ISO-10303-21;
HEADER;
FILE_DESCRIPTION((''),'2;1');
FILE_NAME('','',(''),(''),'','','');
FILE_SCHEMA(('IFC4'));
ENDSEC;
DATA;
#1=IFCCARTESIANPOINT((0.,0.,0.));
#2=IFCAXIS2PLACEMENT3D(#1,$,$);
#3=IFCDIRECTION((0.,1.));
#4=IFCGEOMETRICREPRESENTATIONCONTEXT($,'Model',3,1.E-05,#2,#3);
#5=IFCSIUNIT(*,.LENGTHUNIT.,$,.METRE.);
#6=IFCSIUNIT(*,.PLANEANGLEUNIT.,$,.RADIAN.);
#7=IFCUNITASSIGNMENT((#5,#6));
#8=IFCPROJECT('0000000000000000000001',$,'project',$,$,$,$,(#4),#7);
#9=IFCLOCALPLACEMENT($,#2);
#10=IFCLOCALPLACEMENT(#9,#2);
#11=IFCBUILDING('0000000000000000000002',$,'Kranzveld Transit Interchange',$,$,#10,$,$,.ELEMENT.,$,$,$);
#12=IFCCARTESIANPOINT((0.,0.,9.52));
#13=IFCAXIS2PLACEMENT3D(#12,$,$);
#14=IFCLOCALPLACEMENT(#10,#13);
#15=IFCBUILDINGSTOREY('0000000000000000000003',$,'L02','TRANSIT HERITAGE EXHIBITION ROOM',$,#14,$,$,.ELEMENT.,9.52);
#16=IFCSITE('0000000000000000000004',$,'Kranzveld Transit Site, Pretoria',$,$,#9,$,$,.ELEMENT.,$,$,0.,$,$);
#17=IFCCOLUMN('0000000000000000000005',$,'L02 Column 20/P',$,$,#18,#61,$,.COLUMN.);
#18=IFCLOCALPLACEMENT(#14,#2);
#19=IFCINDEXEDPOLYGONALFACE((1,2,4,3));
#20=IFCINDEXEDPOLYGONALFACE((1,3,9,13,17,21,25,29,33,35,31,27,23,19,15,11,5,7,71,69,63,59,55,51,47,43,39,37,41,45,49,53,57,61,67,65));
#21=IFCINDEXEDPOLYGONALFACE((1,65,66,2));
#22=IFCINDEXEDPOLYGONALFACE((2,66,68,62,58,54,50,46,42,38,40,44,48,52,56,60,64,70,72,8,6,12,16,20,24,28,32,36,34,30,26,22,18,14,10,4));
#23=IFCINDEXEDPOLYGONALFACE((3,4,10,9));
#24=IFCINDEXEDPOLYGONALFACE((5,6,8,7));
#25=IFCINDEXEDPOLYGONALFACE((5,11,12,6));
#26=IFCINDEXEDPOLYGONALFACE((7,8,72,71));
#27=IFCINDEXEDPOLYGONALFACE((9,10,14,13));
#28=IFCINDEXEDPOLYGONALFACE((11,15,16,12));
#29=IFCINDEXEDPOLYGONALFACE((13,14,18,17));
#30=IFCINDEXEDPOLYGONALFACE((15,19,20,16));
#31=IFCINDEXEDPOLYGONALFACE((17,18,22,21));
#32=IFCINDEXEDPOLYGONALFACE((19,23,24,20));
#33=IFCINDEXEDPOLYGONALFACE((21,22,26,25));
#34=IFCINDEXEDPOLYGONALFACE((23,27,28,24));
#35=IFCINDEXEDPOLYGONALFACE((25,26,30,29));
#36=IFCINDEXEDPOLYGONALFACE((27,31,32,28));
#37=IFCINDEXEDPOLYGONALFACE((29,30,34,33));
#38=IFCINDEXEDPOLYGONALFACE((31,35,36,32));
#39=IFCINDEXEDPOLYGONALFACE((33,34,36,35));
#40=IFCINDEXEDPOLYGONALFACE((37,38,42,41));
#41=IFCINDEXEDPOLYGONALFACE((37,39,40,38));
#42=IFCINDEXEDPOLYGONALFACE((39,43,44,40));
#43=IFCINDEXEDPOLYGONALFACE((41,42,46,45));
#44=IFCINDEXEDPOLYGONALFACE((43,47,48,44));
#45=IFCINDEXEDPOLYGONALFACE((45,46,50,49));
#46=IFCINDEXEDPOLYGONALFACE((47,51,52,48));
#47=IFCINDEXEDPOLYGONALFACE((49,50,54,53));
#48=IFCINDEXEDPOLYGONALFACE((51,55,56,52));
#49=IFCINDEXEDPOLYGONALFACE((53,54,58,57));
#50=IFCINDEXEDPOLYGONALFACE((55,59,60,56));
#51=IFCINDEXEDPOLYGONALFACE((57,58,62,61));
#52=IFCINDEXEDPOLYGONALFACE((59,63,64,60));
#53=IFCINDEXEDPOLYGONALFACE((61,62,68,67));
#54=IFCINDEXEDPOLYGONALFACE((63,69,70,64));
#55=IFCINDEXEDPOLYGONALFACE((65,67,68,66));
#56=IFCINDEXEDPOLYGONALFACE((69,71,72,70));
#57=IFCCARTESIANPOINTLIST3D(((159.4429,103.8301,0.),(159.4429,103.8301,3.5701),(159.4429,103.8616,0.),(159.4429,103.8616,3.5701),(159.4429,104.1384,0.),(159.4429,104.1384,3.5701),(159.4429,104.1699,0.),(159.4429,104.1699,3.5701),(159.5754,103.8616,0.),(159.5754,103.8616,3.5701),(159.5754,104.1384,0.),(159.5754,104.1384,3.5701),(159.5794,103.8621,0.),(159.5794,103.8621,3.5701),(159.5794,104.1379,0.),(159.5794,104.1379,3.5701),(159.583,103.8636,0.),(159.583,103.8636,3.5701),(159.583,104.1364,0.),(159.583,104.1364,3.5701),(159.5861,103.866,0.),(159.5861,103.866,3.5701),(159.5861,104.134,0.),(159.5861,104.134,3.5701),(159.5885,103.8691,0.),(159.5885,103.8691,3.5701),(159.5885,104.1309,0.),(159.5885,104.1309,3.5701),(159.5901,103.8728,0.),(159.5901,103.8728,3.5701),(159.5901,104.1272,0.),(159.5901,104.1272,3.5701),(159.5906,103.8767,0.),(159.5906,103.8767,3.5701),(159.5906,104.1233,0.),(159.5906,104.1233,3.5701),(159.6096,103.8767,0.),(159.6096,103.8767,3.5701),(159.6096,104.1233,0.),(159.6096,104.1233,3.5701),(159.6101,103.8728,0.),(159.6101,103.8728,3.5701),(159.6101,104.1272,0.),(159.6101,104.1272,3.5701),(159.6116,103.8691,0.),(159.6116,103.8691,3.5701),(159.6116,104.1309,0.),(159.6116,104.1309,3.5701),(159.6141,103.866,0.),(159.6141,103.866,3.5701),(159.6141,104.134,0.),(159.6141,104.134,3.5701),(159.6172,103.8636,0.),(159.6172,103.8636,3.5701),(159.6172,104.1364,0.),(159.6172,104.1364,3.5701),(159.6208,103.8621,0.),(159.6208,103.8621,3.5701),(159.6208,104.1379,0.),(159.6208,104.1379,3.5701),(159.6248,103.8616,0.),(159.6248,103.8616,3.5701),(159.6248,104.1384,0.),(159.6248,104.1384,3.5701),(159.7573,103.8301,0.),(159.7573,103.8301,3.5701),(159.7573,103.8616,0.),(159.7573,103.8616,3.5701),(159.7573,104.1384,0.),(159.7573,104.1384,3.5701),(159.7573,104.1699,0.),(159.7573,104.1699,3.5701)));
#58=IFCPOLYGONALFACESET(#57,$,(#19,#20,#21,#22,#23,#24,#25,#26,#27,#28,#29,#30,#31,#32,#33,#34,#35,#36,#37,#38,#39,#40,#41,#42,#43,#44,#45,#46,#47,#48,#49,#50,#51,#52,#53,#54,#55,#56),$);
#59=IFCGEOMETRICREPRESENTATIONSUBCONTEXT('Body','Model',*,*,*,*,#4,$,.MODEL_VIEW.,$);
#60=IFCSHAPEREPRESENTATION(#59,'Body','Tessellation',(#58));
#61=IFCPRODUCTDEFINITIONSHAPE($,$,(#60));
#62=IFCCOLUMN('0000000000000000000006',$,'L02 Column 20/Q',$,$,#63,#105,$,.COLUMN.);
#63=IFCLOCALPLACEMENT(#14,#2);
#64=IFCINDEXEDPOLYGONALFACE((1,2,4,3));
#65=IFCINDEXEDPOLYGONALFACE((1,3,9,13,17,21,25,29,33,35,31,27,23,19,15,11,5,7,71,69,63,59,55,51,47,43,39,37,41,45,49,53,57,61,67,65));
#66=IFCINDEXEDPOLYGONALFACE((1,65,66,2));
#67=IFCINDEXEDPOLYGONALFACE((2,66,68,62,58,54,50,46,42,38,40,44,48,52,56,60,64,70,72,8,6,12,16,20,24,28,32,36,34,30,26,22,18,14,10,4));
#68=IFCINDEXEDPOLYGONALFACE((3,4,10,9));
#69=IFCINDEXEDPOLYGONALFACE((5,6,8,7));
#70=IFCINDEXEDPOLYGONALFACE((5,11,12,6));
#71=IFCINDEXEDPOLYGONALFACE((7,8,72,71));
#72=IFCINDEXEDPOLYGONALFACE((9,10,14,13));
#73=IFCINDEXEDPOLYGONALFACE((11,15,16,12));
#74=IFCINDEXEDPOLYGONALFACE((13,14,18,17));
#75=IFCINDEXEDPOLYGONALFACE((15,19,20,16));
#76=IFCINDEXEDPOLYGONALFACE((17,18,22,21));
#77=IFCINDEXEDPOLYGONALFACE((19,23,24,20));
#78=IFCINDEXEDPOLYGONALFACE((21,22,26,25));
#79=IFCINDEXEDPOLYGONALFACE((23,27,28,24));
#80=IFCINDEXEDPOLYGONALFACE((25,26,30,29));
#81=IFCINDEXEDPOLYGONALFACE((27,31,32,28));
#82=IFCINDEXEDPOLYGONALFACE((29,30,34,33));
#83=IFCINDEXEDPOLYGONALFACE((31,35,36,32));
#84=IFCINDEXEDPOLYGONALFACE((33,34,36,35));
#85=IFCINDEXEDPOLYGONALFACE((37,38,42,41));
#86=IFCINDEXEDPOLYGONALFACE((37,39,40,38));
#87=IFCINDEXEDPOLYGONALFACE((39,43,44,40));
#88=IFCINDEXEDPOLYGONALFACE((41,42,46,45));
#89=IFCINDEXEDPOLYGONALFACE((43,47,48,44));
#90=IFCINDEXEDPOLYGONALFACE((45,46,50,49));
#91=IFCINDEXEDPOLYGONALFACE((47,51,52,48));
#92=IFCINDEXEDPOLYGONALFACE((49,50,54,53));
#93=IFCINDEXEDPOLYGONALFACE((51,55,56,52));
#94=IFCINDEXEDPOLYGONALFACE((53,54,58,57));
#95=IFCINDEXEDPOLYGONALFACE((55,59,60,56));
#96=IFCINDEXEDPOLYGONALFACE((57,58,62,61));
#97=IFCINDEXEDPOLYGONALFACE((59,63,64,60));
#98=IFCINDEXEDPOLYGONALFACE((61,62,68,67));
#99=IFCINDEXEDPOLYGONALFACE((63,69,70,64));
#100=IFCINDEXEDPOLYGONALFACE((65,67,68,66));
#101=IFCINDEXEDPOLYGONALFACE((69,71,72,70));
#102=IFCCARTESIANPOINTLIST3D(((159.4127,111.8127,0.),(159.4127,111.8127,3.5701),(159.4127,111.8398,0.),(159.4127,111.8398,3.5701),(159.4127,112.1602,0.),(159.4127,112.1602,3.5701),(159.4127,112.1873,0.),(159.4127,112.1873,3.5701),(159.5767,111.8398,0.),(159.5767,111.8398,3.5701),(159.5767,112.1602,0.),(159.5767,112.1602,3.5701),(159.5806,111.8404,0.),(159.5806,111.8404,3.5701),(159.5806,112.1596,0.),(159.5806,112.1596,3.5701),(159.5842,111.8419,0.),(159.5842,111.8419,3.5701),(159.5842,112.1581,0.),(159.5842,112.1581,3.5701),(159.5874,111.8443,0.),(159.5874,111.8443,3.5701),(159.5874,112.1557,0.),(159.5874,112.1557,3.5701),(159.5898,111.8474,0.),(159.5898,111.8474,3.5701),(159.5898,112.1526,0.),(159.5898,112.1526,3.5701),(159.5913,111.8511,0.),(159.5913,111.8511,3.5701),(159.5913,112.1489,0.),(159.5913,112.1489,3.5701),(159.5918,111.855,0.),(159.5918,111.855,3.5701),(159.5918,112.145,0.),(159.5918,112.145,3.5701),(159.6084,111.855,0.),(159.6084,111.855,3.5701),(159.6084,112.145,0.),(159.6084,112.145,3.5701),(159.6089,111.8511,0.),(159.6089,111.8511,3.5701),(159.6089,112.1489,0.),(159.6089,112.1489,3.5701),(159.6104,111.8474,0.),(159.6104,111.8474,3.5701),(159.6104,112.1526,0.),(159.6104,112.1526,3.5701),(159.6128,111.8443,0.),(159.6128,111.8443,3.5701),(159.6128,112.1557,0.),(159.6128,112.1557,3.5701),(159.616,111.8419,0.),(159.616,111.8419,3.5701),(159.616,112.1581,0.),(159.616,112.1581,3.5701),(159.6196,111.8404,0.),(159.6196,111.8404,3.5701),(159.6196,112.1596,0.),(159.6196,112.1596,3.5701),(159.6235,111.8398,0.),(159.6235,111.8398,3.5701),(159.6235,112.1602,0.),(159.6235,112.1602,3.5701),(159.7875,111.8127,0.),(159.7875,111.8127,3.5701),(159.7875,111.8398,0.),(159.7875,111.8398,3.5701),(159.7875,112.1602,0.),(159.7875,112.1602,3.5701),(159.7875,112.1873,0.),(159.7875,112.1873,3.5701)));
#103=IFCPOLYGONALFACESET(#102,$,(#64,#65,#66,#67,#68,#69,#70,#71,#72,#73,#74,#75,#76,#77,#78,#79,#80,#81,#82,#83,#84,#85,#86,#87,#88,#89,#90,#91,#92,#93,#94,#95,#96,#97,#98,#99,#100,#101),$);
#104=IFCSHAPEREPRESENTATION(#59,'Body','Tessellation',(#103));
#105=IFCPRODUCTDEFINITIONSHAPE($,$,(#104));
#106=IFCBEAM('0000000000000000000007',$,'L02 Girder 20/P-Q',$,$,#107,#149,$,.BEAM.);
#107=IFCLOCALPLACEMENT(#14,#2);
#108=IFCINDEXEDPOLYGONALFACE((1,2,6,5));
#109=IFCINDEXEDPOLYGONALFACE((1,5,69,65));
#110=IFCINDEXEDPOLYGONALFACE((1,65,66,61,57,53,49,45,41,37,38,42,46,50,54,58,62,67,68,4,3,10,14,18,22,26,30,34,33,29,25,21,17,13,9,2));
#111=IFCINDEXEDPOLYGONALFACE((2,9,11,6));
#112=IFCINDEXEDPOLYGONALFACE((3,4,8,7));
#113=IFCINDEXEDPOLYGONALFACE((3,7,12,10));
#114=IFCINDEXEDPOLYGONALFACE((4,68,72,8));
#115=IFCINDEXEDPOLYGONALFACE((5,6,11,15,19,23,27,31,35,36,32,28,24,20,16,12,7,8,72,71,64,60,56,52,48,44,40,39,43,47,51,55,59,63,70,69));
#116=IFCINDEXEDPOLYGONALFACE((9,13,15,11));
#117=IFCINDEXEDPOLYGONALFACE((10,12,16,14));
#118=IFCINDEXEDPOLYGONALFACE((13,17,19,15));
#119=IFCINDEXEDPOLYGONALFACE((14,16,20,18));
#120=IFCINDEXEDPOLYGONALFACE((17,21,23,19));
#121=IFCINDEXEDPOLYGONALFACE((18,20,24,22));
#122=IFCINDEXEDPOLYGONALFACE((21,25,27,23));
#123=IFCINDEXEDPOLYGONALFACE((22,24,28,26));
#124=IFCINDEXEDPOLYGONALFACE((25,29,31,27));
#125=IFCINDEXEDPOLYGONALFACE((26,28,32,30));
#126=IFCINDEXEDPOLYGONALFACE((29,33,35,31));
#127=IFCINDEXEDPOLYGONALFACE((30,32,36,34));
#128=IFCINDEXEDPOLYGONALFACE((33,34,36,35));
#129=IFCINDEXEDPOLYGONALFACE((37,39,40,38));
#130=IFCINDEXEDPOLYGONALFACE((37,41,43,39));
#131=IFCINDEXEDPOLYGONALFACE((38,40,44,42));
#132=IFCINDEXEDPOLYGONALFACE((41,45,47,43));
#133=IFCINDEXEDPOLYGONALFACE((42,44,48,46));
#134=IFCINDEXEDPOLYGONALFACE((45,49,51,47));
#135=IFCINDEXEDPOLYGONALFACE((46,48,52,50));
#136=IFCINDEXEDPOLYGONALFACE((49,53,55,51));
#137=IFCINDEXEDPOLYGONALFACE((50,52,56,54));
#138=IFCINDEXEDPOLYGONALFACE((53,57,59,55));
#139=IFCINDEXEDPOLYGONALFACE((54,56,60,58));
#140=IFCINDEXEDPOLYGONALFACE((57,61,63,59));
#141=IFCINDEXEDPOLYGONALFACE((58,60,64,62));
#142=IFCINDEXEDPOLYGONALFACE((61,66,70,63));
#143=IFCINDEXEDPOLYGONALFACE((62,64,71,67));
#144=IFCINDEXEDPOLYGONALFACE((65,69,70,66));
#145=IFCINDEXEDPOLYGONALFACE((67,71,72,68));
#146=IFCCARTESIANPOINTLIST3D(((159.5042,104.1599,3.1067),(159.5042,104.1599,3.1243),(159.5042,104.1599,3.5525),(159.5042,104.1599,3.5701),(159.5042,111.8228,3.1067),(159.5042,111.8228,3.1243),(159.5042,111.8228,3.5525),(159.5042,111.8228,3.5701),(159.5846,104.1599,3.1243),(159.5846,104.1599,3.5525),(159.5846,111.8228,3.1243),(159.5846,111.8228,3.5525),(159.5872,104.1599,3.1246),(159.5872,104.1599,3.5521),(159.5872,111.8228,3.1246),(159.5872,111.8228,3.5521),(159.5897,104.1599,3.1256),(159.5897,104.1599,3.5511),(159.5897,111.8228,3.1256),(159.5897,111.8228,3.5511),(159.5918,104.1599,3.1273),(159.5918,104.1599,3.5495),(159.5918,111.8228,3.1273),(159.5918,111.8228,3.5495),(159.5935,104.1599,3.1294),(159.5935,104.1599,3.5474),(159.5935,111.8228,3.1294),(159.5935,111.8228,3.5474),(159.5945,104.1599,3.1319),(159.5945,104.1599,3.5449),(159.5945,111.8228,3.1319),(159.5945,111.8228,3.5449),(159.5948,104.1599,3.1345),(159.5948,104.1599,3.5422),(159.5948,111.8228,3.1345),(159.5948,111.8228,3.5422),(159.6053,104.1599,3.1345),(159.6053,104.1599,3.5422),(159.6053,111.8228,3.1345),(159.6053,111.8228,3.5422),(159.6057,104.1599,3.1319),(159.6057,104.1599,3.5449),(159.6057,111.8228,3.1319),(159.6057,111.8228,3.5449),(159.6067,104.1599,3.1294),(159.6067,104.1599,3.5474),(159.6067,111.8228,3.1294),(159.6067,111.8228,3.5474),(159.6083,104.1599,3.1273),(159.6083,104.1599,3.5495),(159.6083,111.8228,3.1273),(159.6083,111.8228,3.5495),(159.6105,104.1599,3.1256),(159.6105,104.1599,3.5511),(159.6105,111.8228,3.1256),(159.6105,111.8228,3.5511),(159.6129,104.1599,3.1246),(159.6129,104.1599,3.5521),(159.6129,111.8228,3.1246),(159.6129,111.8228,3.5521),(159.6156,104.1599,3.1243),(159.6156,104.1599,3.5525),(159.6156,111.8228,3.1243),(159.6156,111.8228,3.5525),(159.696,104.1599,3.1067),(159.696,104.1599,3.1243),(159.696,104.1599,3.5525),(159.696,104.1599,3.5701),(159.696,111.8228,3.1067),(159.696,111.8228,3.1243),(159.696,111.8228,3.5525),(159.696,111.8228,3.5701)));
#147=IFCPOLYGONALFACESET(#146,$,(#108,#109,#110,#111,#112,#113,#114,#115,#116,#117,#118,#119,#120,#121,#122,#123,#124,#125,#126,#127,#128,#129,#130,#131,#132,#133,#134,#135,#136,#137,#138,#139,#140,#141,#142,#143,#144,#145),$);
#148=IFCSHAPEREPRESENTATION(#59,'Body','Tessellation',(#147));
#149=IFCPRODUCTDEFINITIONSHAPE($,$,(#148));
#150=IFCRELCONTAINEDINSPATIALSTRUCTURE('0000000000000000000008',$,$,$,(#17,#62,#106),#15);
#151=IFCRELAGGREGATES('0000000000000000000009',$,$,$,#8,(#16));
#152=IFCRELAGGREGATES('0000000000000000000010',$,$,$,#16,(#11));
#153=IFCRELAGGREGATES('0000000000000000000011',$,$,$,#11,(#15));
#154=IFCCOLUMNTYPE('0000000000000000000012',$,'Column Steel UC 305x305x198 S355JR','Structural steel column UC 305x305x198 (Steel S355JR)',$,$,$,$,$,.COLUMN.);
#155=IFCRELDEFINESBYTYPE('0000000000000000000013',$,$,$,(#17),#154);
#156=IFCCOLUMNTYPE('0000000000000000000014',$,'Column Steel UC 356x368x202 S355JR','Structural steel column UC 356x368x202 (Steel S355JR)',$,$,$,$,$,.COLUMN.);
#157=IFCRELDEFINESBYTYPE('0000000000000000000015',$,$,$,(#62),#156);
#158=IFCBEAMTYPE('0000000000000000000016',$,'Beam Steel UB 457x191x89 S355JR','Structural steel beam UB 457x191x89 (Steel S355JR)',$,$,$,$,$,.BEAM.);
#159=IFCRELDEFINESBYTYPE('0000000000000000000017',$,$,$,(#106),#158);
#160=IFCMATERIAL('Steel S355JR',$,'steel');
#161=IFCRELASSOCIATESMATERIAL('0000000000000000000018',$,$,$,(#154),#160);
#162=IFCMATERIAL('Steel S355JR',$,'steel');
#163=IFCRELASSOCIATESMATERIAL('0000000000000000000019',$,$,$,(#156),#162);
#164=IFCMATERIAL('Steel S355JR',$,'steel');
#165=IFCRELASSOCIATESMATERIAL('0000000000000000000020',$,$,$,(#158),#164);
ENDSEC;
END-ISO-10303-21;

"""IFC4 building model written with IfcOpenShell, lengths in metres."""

from ifc_helpers import new_model, si_unit, direction, frame, origin, origin_2d, place, context, subcontext, project, spatial, i_section, extrude, material, material_profile, profile_set, type_object, element, save


model = new_model("IFC4")

# Units and contexts
model_context = context("Model", 3, precision=1e-05, world=origin(), true_north=direction((0.0, 1.0)))
body_context = subcontext(model_context, "Body", "Model", "MODEL_VIEW")
ifc_project = project(units=[si_unit("LENGTHUNIT", "METRE"), si_unit("PLANEANGLEUNIT", "RADIAN")], contexts=[model_context])

# Site, building, storey
site_placement = place(None, origin())
site = spatial("IfcSite", under=ifc_project, at=site_placement, Name="Kranzveld Transit Site, Pretoria", CompositionType="ELEMENT", RefElevation=0.0)
building_placement = place(site_placement, origin())
building = spatial("IfcBuilding", under=site, at=building_placement, Name="Kranzveld Transit Interchange", CompositionType="ELEMENT")
storey_placement = place(building_placement, frame((0.0, 0.0, 9.52)))
storey = spatial("IfcBuildingStorey", under=building, at=storey_placement, Name="L02", Description="TRANSIT HERITAGE EXHIBITION ROOM", CompositionType="ELEMENT", Elevation=9.52)

# Columns
ifc_material_1 = material(Name="Steel S355JR", Category="steel")
ifc_material_profile_1 = material_profile(ifc_material_1, i_section(OverallWidth=0.3145, OverallDepth=0.3398, WebThickness=0.019, FlangeThickness=0.0315, FilletRadius=0.0151, at=origin_2d()), Name="UC 305x305x198")
ifc_profile_set_1 = profile_set([ifc_material_profile_1], Name="Steel S355JR")
column_type_1 = type_object("IfcColumnType", Name="Column Steel UC 305x305x198 S355JR", Description="Structural steel column UC 305x305x198 (Steel S355JR)", PredefinedType="COLUMN", material=ifc_profile_set_1)
column_1_placement = place(storey_placement, frame((159.6001, 104.0, 0.0), z_axis=(0.0, 0.0, 1.0), x_axis=(1.0, 0.0, 0.0)))
element("IfcColumn", 1, at=column_1_placement, inside=storey, type_object=column_type_1, Name="L02 Column 20/P", PredefinedType="COLUMN", context=body_context, shape_type="SweptSolid", body=[
    extrude(i_section(OverallWidth=0.3145, OverallDepth=0.3398, WebThickness=0.019, FlangeThickness=0.0315, FilletRadius=0.0151, at=origin_2d()), origin(), (0.0, 0.0, 1.0), 3.5701),
])
ifc_material_2 = material(Name="Steel S355JR", Category="steel")
ifc_material_profile_2 = material_profile(ifc_material_2, i_section(OverallWidth=0.3748, OverallDepth=0.3745, WebThickness=0.0166, FlangeThickness=0.0271, FilletRadius=0.0151, at=origin_2d()), Name="UC 356x368x202")
ifc_profile_set_2 = profile_set([ifc_material_profile_2], Name="Steel S355JR")
column_type_2 = type_object("IfcColumnType", Name="Column Steel UC 356x368x202 S355JR", Description="Structural steel column UC 356x368x202 (Steel S355JR)", PredefinedType="COLUMN", material=ifc_profile_set_2)
column_2_placement = place(storey_placement, frame((159.6001, 112.0, 0.0), z_axis=(0.0, 0.0, 1.0), x_axis=(1.0, 0.0, 0.0)))
element("IfcColumn", 2, at=column_2_placement, inside=storey, type_object=column_type_2, Name="L02 Column 20/Q", PredefinedType="COLUMN", context=body_context, shape_type="SweptSolid", body=[
    extrude(i_section(OverallWidth=0.3748, OverallDepth=0.3745, WebThickness=0.0166, FlangeThickness=0.0271, FilletRadius=0.0151, at=origin_2d()), origin(), (0.0, 0.0, 1.0), 3.5701),
])

# Beam
ifc_material_3 = material(Name="Steel S355JR", Category="steel")
ifc_material_profile_3 = material_profile(ifc_material_3, i_section(OverallWidth=0.1919, OverallDepth=0.4634, WebThickness=0.0105, FlangeThickness=0.0176, FilletRadius=0.0103, at=origin_2d()), Name="UB 457x191x89")
ifc_profile_set_3 = profile_set([ifc_material_profile_3], Name="Steel S355JR")
beam_type_1 = type_object("IfcBeamType", Name="Beam Steel UB 457x191x89 S355JR", Description="Structural steel beam UB 457x191x89 (Steel S355JR)", PredefinedType="BEAM", material=ifc_profile_set_3)
beam_1_placement = place(storey_placement, frame((159.6001, 104.1599, 3.3384), z_axis=(0.0, 1.0, 0.0), x_axis=(-1.0, 0.0, 0.0)))
element("IfcBeam", 3, at=beam_1_placement, inside=storey, type_object=beam_type_1, Name="L02 Girder 20/P-Q", PredefinedType="BEAM", context=body_context, shape_type="SweptSolid", body=[
    extrude(i_section(OverallWidth=0.1919, OverallDepth=0.4634, WebThickness=0.0105, FlangeThickness=0.0176, FilletRadius=0.0103, at=origin_2d()), origin(), (0.0, 0.0, 1.0), 7.6628),
])

save(model, "model.ifc")
